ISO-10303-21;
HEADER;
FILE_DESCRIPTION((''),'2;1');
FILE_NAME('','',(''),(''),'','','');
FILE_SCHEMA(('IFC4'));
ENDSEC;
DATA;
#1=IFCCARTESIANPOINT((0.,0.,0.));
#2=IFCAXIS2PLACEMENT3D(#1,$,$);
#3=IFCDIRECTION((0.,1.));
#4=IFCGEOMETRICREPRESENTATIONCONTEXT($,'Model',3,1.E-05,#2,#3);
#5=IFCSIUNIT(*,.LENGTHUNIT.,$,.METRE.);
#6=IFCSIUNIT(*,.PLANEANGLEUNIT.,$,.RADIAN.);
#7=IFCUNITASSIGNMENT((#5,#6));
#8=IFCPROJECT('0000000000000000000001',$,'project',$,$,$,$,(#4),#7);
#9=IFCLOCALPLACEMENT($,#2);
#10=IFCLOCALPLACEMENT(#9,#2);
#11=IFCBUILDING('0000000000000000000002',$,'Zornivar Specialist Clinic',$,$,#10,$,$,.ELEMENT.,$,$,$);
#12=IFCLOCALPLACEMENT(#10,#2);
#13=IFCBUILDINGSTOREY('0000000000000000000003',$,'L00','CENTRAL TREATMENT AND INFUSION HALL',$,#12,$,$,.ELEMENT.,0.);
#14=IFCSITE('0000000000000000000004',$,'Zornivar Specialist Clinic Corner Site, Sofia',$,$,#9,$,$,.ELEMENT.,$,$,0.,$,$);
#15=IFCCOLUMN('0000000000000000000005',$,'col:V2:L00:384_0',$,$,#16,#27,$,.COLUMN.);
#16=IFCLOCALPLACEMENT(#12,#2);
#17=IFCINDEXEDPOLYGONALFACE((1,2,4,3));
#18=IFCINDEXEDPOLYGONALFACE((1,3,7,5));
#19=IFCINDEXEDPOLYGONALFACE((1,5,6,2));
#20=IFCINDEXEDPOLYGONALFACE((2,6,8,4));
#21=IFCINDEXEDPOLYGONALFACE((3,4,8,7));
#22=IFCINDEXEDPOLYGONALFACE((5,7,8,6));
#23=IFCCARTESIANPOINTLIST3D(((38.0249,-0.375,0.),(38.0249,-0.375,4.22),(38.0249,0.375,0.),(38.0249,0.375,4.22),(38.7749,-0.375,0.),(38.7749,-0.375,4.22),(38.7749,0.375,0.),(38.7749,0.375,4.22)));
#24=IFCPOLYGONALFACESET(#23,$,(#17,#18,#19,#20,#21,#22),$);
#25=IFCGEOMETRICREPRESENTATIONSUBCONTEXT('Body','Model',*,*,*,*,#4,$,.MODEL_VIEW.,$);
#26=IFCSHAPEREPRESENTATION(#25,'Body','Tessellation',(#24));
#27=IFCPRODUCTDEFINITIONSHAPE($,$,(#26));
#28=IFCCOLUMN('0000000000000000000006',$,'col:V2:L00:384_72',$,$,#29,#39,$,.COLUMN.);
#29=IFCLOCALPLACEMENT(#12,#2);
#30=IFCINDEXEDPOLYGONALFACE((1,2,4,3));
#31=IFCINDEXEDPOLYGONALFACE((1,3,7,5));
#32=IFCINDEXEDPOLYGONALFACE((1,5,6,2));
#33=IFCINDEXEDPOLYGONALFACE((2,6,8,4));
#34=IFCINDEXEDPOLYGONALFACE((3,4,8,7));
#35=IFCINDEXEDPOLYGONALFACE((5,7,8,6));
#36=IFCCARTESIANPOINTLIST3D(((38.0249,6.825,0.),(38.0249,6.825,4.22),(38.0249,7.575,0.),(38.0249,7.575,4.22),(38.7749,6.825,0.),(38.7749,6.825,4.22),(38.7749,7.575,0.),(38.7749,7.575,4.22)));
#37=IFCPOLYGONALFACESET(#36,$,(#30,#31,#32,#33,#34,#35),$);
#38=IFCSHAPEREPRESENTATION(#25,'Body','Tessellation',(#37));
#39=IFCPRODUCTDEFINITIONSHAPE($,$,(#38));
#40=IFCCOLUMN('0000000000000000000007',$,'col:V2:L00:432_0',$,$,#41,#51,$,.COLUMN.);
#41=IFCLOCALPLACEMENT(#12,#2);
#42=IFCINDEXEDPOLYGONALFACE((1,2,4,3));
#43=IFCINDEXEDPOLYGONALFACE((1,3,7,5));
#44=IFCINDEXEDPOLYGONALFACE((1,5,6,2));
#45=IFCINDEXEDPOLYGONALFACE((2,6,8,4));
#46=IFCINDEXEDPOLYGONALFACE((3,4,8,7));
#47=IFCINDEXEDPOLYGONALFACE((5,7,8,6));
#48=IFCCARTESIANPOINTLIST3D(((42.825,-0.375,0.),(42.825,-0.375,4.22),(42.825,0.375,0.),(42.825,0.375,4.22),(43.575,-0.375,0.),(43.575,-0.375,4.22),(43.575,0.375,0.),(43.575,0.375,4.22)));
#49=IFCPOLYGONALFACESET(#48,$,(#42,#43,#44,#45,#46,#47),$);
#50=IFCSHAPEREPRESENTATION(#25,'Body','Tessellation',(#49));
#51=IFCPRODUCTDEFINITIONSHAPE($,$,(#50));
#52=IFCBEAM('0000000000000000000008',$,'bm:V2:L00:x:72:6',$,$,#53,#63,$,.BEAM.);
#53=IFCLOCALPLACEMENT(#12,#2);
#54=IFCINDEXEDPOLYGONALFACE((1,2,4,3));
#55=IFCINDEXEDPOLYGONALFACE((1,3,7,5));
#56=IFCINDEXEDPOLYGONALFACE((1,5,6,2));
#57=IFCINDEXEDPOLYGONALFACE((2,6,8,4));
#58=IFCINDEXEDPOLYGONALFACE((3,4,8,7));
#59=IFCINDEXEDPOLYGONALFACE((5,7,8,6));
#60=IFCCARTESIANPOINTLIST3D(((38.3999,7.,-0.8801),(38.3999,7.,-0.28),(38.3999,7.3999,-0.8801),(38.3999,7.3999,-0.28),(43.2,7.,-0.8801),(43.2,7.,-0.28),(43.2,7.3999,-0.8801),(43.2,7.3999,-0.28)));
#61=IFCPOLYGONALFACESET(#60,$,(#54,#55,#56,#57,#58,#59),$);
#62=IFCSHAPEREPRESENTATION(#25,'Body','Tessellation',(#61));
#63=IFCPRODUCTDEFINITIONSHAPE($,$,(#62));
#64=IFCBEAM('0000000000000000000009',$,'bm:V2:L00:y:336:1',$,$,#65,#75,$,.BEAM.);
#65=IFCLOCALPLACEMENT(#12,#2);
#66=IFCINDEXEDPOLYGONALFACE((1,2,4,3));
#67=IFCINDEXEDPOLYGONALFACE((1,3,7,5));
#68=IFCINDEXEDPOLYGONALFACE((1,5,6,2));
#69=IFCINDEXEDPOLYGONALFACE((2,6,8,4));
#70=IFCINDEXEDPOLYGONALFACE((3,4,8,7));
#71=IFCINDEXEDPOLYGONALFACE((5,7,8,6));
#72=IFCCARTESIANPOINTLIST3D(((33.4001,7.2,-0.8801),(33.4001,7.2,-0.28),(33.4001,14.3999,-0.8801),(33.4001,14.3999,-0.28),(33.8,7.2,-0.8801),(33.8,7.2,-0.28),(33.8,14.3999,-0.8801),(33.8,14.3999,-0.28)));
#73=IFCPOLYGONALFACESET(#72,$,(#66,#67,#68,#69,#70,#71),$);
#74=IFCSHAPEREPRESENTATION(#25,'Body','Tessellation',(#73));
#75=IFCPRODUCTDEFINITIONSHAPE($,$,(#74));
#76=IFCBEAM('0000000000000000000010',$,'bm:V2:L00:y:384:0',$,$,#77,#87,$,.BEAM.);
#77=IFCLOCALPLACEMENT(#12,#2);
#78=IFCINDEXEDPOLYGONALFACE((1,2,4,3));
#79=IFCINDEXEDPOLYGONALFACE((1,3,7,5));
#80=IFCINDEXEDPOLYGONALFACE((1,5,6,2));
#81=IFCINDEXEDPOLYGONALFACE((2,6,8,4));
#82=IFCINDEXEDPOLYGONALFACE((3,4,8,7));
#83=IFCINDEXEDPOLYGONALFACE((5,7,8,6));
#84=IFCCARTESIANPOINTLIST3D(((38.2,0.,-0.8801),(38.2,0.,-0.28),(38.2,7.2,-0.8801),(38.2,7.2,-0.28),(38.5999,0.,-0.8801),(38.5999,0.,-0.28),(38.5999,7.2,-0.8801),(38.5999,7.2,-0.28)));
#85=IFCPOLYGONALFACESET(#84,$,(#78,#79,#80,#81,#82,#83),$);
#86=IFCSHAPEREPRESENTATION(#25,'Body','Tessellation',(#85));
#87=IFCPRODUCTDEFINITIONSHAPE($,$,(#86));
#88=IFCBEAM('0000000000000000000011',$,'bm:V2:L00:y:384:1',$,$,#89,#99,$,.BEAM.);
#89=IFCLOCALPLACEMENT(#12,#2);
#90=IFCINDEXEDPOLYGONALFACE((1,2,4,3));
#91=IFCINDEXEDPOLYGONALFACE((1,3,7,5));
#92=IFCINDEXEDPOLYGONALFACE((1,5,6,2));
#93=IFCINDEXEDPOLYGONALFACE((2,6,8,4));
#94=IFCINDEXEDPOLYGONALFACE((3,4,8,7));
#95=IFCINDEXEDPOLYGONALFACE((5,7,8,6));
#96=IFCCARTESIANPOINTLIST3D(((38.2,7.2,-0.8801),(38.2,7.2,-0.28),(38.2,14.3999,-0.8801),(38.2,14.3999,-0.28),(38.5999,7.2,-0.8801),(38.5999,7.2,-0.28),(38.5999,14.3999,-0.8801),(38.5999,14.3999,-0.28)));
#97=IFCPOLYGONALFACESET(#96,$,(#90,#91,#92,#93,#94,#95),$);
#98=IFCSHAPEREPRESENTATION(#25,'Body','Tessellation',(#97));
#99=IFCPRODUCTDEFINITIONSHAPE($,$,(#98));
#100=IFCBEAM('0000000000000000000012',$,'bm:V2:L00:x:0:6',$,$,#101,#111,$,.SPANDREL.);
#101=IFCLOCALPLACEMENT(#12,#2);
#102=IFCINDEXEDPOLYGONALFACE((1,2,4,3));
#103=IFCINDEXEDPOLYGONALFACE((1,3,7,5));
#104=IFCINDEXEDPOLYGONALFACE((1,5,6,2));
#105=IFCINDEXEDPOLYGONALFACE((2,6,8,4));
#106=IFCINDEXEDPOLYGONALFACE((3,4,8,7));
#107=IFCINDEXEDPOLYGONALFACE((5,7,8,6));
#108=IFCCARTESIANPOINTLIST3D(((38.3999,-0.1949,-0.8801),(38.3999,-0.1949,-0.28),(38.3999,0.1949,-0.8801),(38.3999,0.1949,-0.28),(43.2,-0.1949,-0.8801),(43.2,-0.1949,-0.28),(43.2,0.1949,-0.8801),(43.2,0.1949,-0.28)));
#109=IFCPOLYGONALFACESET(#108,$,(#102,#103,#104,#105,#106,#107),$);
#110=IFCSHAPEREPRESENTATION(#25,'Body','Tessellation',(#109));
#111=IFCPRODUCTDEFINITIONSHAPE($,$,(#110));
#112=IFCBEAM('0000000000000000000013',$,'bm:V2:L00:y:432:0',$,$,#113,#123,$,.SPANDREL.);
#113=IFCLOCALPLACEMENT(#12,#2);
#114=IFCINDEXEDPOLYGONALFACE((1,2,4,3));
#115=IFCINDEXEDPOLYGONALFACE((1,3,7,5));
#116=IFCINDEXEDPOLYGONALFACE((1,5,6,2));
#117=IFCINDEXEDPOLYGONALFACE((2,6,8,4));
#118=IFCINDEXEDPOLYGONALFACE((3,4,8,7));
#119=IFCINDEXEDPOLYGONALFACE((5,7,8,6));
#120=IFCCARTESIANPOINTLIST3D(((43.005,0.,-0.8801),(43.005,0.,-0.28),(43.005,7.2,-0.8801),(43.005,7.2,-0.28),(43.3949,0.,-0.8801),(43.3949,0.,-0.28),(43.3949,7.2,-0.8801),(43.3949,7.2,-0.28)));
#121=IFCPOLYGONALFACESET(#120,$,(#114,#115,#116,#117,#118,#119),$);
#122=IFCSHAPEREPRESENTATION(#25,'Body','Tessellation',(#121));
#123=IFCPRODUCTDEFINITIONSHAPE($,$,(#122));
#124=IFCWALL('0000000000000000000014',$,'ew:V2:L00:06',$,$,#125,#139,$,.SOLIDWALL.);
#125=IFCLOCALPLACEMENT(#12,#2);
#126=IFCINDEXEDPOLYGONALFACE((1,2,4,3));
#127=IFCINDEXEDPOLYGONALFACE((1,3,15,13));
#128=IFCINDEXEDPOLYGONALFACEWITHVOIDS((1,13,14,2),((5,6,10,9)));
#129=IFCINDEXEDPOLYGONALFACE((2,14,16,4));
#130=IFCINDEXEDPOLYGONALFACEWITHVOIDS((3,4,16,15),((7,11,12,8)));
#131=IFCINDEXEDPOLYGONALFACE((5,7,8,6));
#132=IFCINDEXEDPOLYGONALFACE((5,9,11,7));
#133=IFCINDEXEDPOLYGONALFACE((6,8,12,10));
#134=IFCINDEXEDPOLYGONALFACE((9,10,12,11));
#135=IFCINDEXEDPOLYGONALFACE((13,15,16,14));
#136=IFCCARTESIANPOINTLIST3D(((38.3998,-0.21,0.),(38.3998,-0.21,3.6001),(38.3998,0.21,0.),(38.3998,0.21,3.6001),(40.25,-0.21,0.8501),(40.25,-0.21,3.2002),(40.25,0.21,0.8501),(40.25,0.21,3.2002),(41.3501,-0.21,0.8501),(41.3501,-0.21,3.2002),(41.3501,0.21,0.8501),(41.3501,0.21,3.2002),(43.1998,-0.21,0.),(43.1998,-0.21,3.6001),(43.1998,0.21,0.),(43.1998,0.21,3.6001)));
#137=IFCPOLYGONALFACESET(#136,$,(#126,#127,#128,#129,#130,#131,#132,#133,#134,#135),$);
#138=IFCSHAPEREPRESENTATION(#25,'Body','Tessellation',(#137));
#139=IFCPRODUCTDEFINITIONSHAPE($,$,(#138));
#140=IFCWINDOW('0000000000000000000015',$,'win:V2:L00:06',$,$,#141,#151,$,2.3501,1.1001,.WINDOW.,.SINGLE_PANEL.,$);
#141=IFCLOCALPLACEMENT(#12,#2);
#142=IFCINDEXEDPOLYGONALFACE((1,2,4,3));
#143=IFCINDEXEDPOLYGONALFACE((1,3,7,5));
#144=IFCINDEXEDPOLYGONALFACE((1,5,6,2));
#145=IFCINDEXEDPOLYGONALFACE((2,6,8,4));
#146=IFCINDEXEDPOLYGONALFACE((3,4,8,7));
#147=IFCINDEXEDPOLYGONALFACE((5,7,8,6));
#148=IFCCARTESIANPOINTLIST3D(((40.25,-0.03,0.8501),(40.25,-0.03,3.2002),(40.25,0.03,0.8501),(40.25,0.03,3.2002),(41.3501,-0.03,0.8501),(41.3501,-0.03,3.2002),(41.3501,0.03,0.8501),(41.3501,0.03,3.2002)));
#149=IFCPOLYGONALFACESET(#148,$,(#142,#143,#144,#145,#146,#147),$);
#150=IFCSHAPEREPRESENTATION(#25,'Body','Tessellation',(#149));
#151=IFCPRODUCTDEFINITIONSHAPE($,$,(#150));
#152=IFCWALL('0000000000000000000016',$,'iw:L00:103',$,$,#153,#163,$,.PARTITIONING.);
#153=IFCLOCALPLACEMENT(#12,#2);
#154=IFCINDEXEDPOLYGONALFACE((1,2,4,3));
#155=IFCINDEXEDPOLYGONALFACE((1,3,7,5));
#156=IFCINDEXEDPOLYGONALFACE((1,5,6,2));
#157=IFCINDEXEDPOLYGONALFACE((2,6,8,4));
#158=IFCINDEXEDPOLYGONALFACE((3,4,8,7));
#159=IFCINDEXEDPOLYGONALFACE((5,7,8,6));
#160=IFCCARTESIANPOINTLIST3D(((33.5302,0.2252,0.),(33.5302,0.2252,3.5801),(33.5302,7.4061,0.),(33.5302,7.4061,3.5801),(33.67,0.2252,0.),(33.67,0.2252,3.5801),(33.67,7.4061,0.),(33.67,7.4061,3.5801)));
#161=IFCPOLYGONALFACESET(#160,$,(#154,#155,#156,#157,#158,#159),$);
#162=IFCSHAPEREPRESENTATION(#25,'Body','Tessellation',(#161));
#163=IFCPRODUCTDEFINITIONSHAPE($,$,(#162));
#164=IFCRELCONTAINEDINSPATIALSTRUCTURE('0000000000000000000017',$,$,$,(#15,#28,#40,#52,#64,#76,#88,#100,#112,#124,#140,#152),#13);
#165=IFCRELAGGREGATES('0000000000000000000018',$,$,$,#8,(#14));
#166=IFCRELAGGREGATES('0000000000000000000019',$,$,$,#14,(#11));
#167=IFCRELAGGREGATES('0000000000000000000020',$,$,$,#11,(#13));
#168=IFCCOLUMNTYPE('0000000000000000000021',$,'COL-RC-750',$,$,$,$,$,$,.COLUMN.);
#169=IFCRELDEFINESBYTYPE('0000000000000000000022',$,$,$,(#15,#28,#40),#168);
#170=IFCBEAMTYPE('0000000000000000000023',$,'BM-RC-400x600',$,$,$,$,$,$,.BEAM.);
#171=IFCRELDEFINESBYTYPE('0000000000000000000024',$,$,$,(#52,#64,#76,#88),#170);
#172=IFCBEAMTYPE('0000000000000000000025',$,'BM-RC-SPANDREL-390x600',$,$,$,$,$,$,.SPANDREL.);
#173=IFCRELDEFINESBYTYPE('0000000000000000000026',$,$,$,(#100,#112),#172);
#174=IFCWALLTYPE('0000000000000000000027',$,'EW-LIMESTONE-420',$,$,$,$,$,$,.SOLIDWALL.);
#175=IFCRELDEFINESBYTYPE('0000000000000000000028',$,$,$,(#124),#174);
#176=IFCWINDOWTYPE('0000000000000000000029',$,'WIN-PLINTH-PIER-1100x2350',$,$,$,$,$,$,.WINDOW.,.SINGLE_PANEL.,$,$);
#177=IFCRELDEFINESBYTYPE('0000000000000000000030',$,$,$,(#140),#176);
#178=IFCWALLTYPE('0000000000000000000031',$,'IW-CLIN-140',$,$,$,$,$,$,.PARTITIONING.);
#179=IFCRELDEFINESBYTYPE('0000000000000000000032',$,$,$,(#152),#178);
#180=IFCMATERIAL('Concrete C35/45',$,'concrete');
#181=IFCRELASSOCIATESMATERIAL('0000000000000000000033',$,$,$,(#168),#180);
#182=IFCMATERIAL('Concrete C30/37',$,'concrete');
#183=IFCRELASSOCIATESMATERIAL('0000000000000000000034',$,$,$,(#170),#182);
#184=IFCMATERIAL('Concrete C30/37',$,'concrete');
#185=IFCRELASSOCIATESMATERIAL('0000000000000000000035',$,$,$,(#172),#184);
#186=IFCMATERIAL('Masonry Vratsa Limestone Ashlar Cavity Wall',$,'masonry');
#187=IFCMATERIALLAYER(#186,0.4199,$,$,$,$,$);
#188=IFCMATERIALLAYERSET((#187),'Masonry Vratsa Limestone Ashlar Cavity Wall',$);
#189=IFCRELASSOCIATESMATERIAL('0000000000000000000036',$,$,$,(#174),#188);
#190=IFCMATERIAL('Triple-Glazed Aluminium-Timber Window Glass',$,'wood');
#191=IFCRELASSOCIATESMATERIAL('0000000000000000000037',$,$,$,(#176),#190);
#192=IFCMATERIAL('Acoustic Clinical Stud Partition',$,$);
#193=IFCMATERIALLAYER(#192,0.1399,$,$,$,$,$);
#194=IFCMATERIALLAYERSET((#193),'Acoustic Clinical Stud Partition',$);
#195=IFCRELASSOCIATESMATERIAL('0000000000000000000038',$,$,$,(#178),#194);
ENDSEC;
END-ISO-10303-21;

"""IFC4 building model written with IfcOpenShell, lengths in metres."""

from ifc_helpers import new_model, si_unit, direction, frame, frame_2d, origin, origin_2d, place, context, subcontext, project, spatial, rectangle, extrude, material, layer, layer_set, material_profile, profile_set, type_object, element, fill, save


model = new_model("IFC4")

# Units and contexts
model_context = context("Model", 3, precision=1e-05, world=origin(), true_north=direction((0.0, 1.0)))
body_context = subcontext(model_context, "Body", "Model", "MODEL_VIEW")
ifc_project = project(units=[si_unit("LENGTHUNIT", "METRE"), si_unit("PLANEANGLEUNIT", "RADIAN")], contexts=[model_context])

# Site, building, storey
site_placement = place(None, origin())
site = spatial("IfcSite", under=ifc_project, at=site_placement, Name="Zornivar Specialist Clinic Corner Site, Sofia", CompositionType="ELEMENT", RefElevation=0.0)
building_placement = place(site_placement, origin())
building = spatial("IfcBuilding", under=site, at=building_placement, Name="Zornivar Specialist Clinic", CompositionType="ELEMENT")
storey_placement = place(building_placement, origin())
storey = spatial("IfcBuildingStorey", under=building, at=storey_placement, Name="L00", Description="CENTRAL TREATMENT AND INFUSION HALL", CompositionType="ELEMENT", Elevation=0.0)

# Columns
ifc_material_1 = material(Name="Concrete C35/45", Category="concrete")
ifc_material_profile_1 = material_profile(ifc_material_1, rectangle(XDim=0.75, YDim=0.75, at=origin_2d()), Name="RC 750x750")
ifc_profile_set_1 = profile_set([ifc_material_profile_1], Name="Concrete C35/45")
column_type = type_object("IfcColumnType", Name="COL-RC-750", PredefinedType="COLUMN", material=ifc_profile_set_1)
for number, where, z_axis, x_axis, name in (
    (1, (38.3999, 0.0, 0.0), (0.0, 0.0, 1.0), (1.0, 0.0, 0.0), "col:V2:L00:384_0"),
    (2, (38.3999, 7.2, 0.0), (0.0, 0.0, 1.0), (1.0, 0.0, 0.0), "col:V2:L00:384_72"),
    (3, (43.2, 0.0, 0.0), (0.0, 0.0, 1.0), (1.0, 0.0, 0.0), "col:V2:L00:432_0"),
):
    element("IfcColumn", number, at=place(storey_placement, frame(where, z_axis=z_axis, x_axis=x_axis)), inside=storey, type_object=column_type, Name=name, PredefinedType="COLUMN", context=body_context, shape_type="SweptSolid", body=[
        extrude(rectangle(XDim=0.75, YDim=0.75, at=origin_2d()), origin(), (0.0, 0.0, 1.0), 4.22),
    ])

# Beams
ifc_material_2 = material(Name="Concrete C30/37", Category="concrete")
ifc_material_profile_2 = material_profile(ifc_material_2, rectangle(XDim=0.3999, YDim=0.6001, at=origin_2d()), Name="RC 400x600")
ifc_profile_set_2 = profile_set([ifc_material_profile_2], Name="Concrete C30/37")
beam_type_1 = type_object("IfcBeamType", Name="BM-RC-400x600", PredefinedType="BEAM", material=ifc_profile_set_2)
beam_1_placement = place(storey_placement, frame((38.3999, 7.2, -0.5801), z_axis=(1.0, 0.0, 0.0), x_axis=(0.0, 1.0, 0.0)))
element("IfcBeam", 4, at=beam_1_placement, inside=storey, type_object=beam_type_1, Name="bm:V2:L00:x:72:6", PredefinedType="BEAM", context=body_context, shape_type="SweptSolid", body=[
    extrude(rectangle(XDim=0.3999, YDim=0.6001, at=origin_2d()), origin(), (0.0, 0.0, 1.0), 4.8),
])
for number, where, z_axis, x_axis, name in (
    (5, (33.6001, 7.2, -0.5801), (0.0, 1.0, 0.0), (-1.0, 0.0, 0.0), "bm:V2:L00:y:336:1"),
    (6, (38.3999, 0.0, -0.5801), (0.0, 1.0, 0.0), (-1.0, 0.0, 0.0), "bm:V2:L00:y:384:0"),
    (7, (38.3999, 7.2, -0.5801), (0.0, 1.0, 0.0), (-1.0, 0.0, 0.0), "bm:V2:L00:y:384:1"),
):
    element("IfcBeam", number, at=place(storey_placement, frame(where, z_axis=z_axis, x_axis=x_axis)), inside=storey, type_object=beam_type_1, Name=name, PredefinedType="BEAM", context=body_context, shape_type="SweptSolid", body=[
        extrude(rectangle(XDim=0.3999, YDim=0.6001, at=origin_2d()), origin(), (0.0, 0.0, 1.0), 7.2),
    ])
ifc_material_3 = material(Name="Concrete C30/37", Category="concrete")
ifc_material_profile_3 = material_profile(ifc_material_3, rectangle(XDim=0.3899, YDim=0.6001, at=origin_2d()), Name="RC 390x600")
ifc_profile_set_3 = profile_set([ifc_material_profile_3], Name="Concrete C30/37")
beam_type_2 = type_object("IfcBeamType", Name="BM-RC-SPANDREL-390x600", PredefinedType="SPANDREL", material=ifc_profile_set_3)
beam_2_placement = place(storey_placement, frame((38.3999, 0.0, -0.5801), z_axis=(1.0, 0.0, 0.0), x_axis=(0.0, 1.0, 0.0)))
element("IfcBeam", 8, at=beam_2_placement, inside=storey, type_object=beam_type_2, Name="bm:V2:L00:x:0:6", PredefinedType="SPANDREL", context=body_context, shape_type="SweptSolid", body=[
    extrude(rectangle(XDim=0.3899, YDim=0.6001, at=origin_2d()), origin(), (0.0, 0.0, 1.0), 4.8),
])
beam_3_placement = place(storey_placement, frame((43.2, 0.0, -0.5801), z_axis=(0.0, 1.0, 0.0), x_axis=(-1.0, 0.0, 0.0)))
element("IfcBeam", 9, at=beam_3_placement, inside=storey, type_object=beam_type_2, Name="bm:V2:L00:y:432:0", PredefinedType="SPANDREL", context=body_context, shape_type="SweptSolid", body=[
    extrude(rectangle(XDim=0.3899, YDim=0.6001, at=origin_2d()), origin(), (0.0, 0.0, 1.0), 7.2),
])

# Wall, opening, window
ifc_material_4 = material(Name="Masonry Vratsa Limestone Ashlar Cavity Wall", Category="masonry")
ifc_layer_1 = layer(ifc_material_4, 0.4199)
ifc_layer_set_1 = layer_set([ifc_layer_1], Name="Masonry Vratsa Limestone Ashlar Cavity Wall")
wall_type_1 = type_object("IfcWallType", Name="EW-LIMESTONE-420", PredefinedType="SOLIDWALL", material=ifc_layer_set_1)
wall_1_placement = place(storey_placement, frame((38.3999, 0.0, 0.0), z_axis=(0.0, 0.0, 1.0), x_axis=(1.0, 0.0, 0.0)))
wall_1 = element("IfcWall", 10, at=wall_1_placement, inside=storey, type_object=wall_type_1, Name="ew:V2:L00:06", PredefinedType="SOLIDWALL", context=body_context, shape_type="SweptSolid", body=[
    extrude(rectangle(XDim=4.8, YDim=0.4199, at=frame_2d((2.3999, 0.0))), origin(), (0.0, 0.0, 1.0), 3.6001),
])
opening_1_placement = place(wall_1_placement, frame((1.8501, 0.0, 0.8501)))
opening_1 = element("IfcOpeningElement", 11, at=opening_1_placement, cuts=wall_1, PredefinedType="OPENING", context=body_context, shape_type="SweptSolid", body=[
    extrude(rectangle(XDim=1.1001, YDim=2.3501, at=frame_2d((0.55, 1.175))), frame((0.0, 0.22, 0.0), z_axis=(0.0, -1.0, 0.0), x_axis=(1.0, 0.0, 0.0)), (0.0, 0.0, 1.0), 0.4399),
])
ifc_material_5 = material(Name="Triple-Glazed Aluminium-Timber Window Glass", Category="wood")
window_type = type_object("IfcWindowType", Name="WIN-PLINTH-PIER-1100x2350", PartitioningType="SINGLE_PANEL", PredefinedType="WINDOW", material=ifc_material_5)
window_placement = place(opening_1_placement, origin())
window = element("IfcWindow", 12, at=window_placement, inside=storey, type_object=window_type, Name="win:V2:L00:06", OverallHeight=2.3501, OverallWidth=1.1001, PartitioningType="SINGLE_PANEL", PredefinedType="WINDOW", context=body_context, shape_type="SweptSolid", body=[
    extrude(rectangle(XDim=1.1001, YDim=2.3501, at=frame_2d((0.55, 1.175))), frame((0.0, 0.03, 0.0), z_axis=(0.0, -1.0, 0.0), x_axis=(1.0, 0.0, 0.0)), (0.0, 0.0, 1.0), 0.0601),
])
fill(opening_1, window)

# Wall
ifc_material_6 = material(Name="Acoustic Clinical Stud Partition")
ifc_layer_2 = layer(ifc_material_6, 0.1399)
ifc_layer_set_2 = layer_set([ifc_layer_2], Name="Acoustic Clinical Stud Partition")
wall_type_2 = type_object("IfcWallType", Name="IW-CLIN-140", PredefinedType="PARTITIONING", material=ifc_layer_set_2)
wall_2_placement = place(storey_placement, frame((33.6001, 7.406, 0.0), z_axis=(0.0, 0.0, 1.0), x_axis=(0.0, -1.0, 0.0)))
element("IfcWall", 13, at=wall_2_placement, inside=storey, type_object=wall_type_2, Name="iw:L00:103", PredefinedType="PARTITIONING", context=body_context, shape_type="SweptSolid", body=[
    extrude(rectangle(XDim=7.1809, YDim=0.1399, at=frame_2d((3.5903, 0.0))), origin(), (0.0, 0.0, 1.0), 3.5801),
])

save(model, "model.ifc")
